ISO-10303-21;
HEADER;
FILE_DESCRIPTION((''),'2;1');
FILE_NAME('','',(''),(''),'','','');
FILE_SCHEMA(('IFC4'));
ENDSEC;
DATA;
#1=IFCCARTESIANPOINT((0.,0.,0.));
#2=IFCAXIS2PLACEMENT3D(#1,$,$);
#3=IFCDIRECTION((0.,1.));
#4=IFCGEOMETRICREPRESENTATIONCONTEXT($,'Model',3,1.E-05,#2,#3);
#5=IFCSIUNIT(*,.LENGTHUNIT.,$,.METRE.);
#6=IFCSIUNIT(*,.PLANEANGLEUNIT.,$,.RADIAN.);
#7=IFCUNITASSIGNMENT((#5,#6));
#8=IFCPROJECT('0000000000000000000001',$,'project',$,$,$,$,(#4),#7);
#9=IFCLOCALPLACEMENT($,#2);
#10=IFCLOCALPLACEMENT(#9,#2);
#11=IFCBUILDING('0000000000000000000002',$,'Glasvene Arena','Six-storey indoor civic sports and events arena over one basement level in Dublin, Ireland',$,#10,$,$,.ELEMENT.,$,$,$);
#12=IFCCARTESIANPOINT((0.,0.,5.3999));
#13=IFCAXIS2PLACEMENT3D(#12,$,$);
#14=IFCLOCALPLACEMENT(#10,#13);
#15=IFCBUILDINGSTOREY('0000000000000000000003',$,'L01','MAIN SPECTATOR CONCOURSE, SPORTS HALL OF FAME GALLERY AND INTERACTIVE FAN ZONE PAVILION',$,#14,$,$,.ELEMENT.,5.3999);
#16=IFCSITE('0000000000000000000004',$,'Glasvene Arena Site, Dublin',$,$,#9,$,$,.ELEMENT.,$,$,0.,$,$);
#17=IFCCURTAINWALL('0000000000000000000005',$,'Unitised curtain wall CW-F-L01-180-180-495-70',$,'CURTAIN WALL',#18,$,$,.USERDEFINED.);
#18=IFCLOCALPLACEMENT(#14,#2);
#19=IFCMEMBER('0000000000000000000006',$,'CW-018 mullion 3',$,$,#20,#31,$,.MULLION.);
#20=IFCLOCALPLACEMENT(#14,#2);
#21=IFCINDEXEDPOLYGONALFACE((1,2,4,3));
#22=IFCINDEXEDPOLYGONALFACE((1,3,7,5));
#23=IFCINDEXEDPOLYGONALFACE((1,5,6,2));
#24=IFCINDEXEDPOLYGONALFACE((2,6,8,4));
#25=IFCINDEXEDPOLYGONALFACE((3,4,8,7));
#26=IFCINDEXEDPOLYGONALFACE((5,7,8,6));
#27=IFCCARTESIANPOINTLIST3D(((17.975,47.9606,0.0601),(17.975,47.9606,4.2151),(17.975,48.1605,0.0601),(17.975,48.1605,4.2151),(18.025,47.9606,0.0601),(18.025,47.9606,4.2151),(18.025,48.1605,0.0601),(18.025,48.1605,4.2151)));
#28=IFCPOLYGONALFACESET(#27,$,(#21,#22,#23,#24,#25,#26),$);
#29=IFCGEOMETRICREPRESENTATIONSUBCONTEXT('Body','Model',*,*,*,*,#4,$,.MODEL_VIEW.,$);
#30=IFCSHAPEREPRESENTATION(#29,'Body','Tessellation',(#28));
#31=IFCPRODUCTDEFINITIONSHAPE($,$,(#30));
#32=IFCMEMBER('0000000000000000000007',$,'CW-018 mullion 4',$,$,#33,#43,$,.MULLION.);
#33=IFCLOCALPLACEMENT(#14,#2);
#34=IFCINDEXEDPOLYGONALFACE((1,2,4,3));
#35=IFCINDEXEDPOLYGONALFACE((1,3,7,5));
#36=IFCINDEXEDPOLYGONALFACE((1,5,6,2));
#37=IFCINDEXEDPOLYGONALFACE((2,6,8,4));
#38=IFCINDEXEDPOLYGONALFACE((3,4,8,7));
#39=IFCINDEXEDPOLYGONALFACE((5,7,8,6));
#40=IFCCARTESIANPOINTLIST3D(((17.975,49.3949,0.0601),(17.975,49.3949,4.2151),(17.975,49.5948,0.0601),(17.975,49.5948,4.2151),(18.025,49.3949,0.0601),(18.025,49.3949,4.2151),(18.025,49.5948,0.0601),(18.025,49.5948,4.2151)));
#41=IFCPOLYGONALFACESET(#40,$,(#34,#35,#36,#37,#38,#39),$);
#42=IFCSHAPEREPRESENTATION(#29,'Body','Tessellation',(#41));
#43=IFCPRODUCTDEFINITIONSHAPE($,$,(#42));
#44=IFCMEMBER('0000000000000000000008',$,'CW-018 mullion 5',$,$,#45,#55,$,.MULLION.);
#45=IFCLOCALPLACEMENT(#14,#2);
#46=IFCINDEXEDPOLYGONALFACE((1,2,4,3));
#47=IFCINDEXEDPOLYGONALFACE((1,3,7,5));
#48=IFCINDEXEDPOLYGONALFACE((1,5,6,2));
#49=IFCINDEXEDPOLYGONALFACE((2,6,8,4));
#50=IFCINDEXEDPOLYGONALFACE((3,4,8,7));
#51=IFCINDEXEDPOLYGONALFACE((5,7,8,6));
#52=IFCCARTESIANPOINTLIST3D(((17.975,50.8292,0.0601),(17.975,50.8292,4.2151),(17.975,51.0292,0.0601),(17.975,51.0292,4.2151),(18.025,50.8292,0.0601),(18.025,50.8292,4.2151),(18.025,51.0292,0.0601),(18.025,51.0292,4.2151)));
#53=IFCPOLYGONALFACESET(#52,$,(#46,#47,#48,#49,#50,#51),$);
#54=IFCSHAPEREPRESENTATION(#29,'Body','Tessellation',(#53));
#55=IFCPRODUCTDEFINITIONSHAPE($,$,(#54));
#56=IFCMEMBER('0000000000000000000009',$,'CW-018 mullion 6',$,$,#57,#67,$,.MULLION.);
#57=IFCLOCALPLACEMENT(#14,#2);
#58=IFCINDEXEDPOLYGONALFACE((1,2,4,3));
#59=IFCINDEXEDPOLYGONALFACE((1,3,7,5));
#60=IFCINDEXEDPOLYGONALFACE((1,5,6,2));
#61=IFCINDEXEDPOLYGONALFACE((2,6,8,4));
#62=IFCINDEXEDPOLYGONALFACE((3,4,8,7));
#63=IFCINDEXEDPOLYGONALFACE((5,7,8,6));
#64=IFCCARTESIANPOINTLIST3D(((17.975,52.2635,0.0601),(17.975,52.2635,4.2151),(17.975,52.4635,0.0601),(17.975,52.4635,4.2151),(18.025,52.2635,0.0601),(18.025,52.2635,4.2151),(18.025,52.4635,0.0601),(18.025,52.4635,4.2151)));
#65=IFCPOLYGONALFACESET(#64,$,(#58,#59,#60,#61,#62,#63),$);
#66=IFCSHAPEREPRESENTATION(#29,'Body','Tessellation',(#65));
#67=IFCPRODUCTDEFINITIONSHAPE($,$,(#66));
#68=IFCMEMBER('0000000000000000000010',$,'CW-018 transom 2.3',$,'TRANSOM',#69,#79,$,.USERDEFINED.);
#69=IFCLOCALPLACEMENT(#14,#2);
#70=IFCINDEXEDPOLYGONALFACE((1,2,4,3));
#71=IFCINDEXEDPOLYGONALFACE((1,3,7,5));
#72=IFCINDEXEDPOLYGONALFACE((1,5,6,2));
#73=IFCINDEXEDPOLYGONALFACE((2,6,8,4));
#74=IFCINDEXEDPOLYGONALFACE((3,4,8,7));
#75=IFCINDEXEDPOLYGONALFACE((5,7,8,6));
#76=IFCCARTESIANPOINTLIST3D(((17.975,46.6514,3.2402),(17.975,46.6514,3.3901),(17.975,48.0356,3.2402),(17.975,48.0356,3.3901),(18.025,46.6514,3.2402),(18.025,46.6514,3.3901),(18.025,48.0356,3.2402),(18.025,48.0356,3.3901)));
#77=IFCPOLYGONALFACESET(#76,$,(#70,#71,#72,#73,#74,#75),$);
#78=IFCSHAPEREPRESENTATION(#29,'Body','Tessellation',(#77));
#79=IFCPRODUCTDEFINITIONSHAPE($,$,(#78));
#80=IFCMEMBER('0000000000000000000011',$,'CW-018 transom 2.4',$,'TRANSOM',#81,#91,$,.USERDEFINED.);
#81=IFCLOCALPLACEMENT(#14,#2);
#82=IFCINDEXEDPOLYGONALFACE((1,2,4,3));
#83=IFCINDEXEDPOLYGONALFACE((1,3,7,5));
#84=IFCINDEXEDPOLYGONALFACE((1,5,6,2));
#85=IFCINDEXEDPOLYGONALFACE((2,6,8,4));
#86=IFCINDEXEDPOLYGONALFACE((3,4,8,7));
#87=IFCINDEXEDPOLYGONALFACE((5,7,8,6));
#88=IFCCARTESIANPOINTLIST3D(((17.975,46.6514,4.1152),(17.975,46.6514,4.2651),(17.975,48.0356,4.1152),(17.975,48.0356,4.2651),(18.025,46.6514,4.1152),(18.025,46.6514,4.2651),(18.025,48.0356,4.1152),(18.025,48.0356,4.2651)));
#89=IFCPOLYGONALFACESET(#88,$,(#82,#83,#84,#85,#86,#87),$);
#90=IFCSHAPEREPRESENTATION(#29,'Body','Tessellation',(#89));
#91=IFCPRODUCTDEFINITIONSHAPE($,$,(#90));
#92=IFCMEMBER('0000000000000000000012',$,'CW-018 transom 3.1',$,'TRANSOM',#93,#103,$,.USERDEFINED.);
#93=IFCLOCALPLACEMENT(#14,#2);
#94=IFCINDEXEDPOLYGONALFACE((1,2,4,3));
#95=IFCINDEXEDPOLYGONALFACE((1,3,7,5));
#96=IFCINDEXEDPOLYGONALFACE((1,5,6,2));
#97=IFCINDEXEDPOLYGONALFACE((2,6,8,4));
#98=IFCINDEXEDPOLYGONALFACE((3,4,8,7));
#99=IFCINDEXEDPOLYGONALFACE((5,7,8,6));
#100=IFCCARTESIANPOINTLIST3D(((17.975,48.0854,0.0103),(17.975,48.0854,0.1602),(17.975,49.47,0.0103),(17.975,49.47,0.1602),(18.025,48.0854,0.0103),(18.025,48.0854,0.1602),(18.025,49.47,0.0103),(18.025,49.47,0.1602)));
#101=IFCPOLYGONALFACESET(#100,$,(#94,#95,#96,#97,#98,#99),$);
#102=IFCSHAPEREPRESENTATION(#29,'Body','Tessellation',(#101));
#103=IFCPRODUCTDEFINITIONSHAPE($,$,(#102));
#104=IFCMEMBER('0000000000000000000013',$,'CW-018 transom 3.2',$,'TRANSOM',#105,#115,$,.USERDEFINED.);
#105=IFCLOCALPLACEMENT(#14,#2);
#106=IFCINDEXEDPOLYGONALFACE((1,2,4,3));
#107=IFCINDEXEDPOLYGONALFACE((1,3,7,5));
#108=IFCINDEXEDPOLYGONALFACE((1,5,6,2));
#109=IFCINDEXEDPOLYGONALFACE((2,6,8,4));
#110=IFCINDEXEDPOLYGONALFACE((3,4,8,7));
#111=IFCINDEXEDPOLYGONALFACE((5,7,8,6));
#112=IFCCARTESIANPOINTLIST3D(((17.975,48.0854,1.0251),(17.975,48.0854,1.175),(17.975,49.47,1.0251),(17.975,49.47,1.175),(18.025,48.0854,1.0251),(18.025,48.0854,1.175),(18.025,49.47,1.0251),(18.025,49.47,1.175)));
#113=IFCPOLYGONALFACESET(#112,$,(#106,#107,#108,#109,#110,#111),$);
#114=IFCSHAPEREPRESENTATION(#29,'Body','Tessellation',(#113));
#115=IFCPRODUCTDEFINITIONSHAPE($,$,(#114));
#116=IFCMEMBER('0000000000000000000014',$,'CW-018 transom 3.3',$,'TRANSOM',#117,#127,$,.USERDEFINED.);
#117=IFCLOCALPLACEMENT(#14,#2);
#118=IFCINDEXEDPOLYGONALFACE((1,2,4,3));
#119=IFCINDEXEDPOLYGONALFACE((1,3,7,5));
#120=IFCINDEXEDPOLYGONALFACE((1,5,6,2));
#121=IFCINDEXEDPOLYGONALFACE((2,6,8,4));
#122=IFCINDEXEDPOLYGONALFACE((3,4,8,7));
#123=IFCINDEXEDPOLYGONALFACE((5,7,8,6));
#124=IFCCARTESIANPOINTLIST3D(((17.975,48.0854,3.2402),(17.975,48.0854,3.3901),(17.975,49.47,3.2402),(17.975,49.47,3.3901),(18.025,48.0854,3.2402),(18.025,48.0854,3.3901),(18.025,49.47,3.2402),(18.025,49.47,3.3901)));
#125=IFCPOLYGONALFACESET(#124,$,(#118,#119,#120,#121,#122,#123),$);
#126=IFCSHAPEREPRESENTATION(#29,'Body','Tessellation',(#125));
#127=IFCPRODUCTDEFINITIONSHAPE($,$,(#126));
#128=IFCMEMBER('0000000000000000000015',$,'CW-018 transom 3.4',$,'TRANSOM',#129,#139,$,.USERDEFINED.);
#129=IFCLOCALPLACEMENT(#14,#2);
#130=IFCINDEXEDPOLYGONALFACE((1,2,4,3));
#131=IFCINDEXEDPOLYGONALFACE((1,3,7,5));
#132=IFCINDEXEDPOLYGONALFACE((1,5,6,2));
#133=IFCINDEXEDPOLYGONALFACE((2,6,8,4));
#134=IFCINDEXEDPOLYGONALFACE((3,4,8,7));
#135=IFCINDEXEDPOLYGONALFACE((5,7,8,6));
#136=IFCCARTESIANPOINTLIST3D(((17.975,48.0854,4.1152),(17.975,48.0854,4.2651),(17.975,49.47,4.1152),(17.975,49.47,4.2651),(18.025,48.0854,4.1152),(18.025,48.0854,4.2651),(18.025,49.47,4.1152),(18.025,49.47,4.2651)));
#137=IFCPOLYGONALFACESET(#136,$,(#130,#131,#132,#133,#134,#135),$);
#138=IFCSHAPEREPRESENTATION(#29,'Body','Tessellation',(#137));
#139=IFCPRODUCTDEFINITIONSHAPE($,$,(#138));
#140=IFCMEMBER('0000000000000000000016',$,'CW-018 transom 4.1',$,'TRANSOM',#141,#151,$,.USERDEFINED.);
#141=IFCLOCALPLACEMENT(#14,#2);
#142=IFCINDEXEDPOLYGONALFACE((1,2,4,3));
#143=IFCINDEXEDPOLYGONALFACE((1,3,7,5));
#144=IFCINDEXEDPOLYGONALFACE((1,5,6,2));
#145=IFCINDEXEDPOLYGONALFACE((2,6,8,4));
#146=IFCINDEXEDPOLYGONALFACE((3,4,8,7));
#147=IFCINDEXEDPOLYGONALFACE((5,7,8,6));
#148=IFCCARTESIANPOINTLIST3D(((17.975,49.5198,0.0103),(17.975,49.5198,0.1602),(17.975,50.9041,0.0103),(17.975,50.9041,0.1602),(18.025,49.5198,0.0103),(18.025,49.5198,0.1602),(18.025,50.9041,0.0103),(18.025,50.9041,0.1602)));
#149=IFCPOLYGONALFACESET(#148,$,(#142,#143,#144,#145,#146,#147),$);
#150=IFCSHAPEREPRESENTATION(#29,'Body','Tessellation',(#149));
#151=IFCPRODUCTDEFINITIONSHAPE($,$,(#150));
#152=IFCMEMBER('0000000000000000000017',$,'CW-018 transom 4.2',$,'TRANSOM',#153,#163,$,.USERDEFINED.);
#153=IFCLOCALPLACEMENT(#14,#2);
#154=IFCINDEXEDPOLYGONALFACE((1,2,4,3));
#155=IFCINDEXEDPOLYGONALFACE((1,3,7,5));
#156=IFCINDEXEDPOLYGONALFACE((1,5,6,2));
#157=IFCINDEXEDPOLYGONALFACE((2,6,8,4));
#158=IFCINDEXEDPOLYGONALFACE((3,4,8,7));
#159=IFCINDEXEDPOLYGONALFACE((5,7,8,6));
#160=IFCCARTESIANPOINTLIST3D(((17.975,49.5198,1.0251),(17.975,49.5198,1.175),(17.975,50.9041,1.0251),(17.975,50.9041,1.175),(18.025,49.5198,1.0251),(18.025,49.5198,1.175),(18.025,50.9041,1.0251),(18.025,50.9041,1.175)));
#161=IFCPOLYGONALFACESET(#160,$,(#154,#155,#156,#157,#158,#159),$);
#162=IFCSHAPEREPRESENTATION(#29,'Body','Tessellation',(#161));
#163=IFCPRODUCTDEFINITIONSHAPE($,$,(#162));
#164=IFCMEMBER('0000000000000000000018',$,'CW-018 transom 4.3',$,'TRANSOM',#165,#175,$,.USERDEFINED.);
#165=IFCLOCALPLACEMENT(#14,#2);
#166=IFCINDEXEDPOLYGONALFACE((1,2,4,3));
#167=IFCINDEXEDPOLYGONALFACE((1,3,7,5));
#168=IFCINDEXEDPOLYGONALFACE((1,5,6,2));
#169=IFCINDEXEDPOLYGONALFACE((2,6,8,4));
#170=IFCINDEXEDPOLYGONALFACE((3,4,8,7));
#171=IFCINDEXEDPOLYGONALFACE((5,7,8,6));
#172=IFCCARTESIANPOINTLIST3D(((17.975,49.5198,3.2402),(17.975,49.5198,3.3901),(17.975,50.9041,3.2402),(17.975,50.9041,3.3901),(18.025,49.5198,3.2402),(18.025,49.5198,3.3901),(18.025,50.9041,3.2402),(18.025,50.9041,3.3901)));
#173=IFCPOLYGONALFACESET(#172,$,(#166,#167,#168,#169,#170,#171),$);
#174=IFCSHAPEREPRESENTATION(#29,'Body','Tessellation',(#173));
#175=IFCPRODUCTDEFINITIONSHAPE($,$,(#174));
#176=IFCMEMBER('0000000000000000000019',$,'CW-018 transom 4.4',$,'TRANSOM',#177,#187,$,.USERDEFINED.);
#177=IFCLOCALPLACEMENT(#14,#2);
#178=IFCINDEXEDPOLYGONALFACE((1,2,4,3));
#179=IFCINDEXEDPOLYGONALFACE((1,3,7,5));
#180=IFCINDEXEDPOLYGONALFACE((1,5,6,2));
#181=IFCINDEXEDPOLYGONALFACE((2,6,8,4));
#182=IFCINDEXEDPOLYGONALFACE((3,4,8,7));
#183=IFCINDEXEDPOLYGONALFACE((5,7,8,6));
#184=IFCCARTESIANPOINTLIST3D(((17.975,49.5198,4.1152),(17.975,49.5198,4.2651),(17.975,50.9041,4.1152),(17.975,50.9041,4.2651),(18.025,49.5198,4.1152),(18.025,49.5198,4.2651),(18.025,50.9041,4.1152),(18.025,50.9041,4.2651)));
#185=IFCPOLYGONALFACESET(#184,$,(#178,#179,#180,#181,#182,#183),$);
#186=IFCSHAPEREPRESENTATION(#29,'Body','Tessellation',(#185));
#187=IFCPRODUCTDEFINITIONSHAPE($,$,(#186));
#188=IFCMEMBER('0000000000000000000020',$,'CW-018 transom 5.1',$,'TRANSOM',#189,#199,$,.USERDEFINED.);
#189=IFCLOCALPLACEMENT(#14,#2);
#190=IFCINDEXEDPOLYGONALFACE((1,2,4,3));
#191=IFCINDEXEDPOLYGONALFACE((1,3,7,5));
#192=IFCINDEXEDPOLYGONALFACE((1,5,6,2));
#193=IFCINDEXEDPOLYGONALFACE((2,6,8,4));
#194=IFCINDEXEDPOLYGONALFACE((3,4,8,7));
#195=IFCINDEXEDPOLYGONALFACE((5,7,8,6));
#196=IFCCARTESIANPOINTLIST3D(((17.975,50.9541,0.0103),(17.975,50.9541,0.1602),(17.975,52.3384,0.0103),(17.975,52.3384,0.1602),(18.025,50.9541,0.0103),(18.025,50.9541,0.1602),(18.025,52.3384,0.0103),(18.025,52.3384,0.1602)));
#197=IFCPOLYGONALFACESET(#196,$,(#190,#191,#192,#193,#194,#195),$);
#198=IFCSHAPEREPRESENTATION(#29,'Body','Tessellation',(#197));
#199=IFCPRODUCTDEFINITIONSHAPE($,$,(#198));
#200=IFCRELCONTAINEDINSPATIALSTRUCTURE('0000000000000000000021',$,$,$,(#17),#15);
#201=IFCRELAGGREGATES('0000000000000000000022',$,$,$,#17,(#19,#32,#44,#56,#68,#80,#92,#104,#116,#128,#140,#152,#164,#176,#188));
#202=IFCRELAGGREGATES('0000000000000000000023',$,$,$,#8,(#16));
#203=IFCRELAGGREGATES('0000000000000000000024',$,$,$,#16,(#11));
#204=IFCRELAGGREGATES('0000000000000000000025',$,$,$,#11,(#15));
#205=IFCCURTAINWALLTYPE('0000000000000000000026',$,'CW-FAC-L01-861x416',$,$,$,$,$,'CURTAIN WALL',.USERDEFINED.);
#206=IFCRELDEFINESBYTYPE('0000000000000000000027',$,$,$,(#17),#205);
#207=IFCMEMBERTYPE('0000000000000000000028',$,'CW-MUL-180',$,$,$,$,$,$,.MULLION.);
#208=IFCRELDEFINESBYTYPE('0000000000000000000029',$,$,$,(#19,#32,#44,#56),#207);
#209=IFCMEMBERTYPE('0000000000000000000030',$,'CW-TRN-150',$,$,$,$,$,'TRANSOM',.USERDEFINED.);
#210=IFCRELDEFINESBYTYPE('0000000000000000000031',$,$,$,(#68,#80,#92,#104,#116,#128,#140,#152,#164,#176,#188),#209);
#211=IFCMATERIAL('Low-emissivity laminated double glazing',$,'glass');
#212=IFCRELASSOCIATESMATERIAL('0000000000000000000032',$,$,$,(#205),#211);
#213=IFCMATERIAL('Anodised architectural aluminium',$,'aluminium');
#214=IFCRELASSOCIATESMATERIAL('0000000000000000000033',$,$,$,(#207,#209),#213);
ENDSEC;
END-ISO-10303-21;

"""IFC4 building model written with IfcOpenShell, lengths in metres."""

from ifc_helpers import new_model, si_unit, direction, frame, origin, origin_2d, place, context, subcontext, project, spatial, rectangle, extrude, material, material_profile, profile_set, type_object, element, aggregate, save


model = new_model("IFC4")

# Units and contexts
model_context = context("Model", 3, precision=1e-05, world=origin(), true_north=direction((0.0, 1.0)))
body_context = subcontext(model_context, "Body", "Model", "MODEL_VIEW")
ifc_project = project(units=[si_unit("LENGTHUNIT", "METRE"), si_unit("PLANEANGLEUNIT", "RADIAN")], contexts=[model_context])

# Site, building, storey
site_placement = place(None, origin())
site = spatial("IfcSite", under=ifc_project, at=site_placement, Name="Glasvene Arena Site, Dublin", CompositionType="ELEMENT", RefElevation=0.0)
building_placement = place(site_placement, origin())
building = spatial("IfcBuilding", under=site, at=building_placement, Name="Glasvene Arena", Description="Six-storey indoor civic sports and events arena over one basement level in Dublin, Ireland", CompositionType="ELEMENT")
storey_placement = place(building_placement, frame((0.0, 0.0, 5.3999)))
storey = spatial("IfcBuildingStorey", under=building, at=storey_placement, Name="L01", Description="MAIN SPECTATOR CONCOURSE, SPORTS HALL OF FAME GALLERY AND INTERACTIVE FAN ZONE PAVILION", CompositionType="ELEMENT", Elevation=5.3999)

# Curtain wall, members
ifc_material_1 = material(Name="Low-emissivity laminated double glazing", Category="glass")
curtain_wall_type = type_object("IfcCurtainWallType", Name="CW-FAC-L01-861x416", ElementType="CURTAIN WALL", PredefinedType="USERDEFINED", material=ifc_material_1)
curtain_wall_placement = place(storey_placement, frame((18.0, 45.1919, 0.0)))
curtain_wall = element("IfcCurtainWall", 1, at=curtain_wall_placement, inside=storey, type_object=curtain_wall_type, Name="Unitised curtain wall CW-F-L01-180-180-495-70", ObjectType="CURTAIN WALL", PredefinedType="USERDEFINED")
ifc_material_2 = material(Name="Anodised architectural aluminium", Category="aluminium")
ifc_material_profile_1 = material_profile(ifc_material_2, rectangle(XDim=0.05, YDim=0.2, at=origin_2d()), Name="ALU MULLION 50x200")
ifc_profile_set_1 = profile_set([ifc_material_profile_1], Name="Anodised architectural aluminium")
member_type_1 = type_object("IfcMemberType", Name="CW-MUL-180", PredefinedType="MULLION", material=ifc_profile_set_1)
member_1_placement = place(storey_placement, frame((18.0, 48.0605, 0.0601), z_axis=(0.0, 0.0, 1.0), x_axis=(-1.0, 0.0, 0.0)))
member_1 = element("IfcMember", 2, at=member_1_placement, type_object=member_type_1, Name="CW-018 mullion 3", PredefinedType="MULLION", context=body_context, shape_type="SweptSolid", body=[
    extrude(rectangle(XDim=0.05, YDim=0.2, at=origin_2d()), origin(), (0.0, 0.0, 1.0), 4.155),
])
member_2_placement = place(storey_placement, frame((18.0, 49.4949, 0.0601), z_axis=(0.0, 0.0, 1.0), x_axis=(-1.0, 0.0, 0.0)))
member_2 = element("IfcMember", 3, at=member_2_placement, type_object=member_type_1, Name="CW-018 mullion 4", PredefinedType="MULLION", context=body_context, shape_type="SweptSolid", body=[
    extrude(rectangle(XDim=0.05, YDim=0.2, at=origin_2d()), origin(), (0.0, 0.0, 1.0), 4.155),
])
member_3_placement = place(storey_placement, frame((18.0, 50.9292, 0.0601), z_axis=(0.0, 0.0, 1.0), x_axis=(-1.0, 0.0, 0.0)))
member_3 = element("IfcMember", 4, at=member_3_placement, type_object=member_type_1, Name="CW-018 mullion 5", PredefinedType="MULLION", context=body_context, shape_type="SweptSolid", body=[
    extrude(rectangle(XDim=0.05, YDim=0.2, at=origin_2d()), origin(), (0.0, 0.0, 1.0), 4.155),
])
member_4_placement = place(storey_placement, frame((18.0, 52.3635, 0.0601), z_axis=(0.0, 0.0, 1.0), x_axis=(-1.0, 0.0, 0.0)))
member_4 = element("IfcMember", 5, at=member_4_placement, type_object=member_type_1, Name="CW-018 mullion 6", PredefinedType="MULLION", context=body_context, shape_type="SweptSolid", body=[
    extrude(rectangle(XDim=0.05, YDim=0.2, at=origin_2d()), origin(), (0.0, 0.0, 1.0), 4.155),
])
ifc_material_profile_2 = material_profile(ifc_material_2, rectangle(XDim=0.05, YDim=0.1499, at=origin_2d()), Name="ALU TRANSOM 50x150")
ifc_profile_set_2 = profile_set([ifc_material_profile_2], Name="Anodised architectural aluminium")
member_type_2 = type_object("IfcMemberType", Name="CW-TRN-150", ElementType="TRANSOM", PredefinedType="USERDEFINED", material=ifc_profile_set_2)
member_5_placement = place(storey_placement, frame((18.0, 46.6514, 3.3152), z_axis=(0.0, 1.0, 0.0), x_axis=(-1.0, 0.0, 0.0)))
member_5 = element("IfcMember", 6, at=member_5_placement, type_object=member_type_2, Name="CW-018 transom 2.3", ObjectType="TRANSOM", PredefinedType="USERDEFINED", context=body_context, shape_type="SweptSolid", body=[
    extrude(rectangle(XDim=0.05, YDim=0.1499, at=origin_2d()), origin(), (0.0, 0.0, 1.0), 1.3843),
])
member_6_placement = place(storey_placement, frame((18.0, 46.6514, 4.1902), z_axis=(0.0, 1.0, 0.0), x_axis=(-1.0, 0.0, 0.0)))
member_6 = element("IfcMember", 7, at=member_6_placement, type_object=member_type_2, Name="CW-018 transom 2.4", ObjectType="TRANSOM", PredefinedType="USERDEFINED", context=body_context, shape_type="SweptSolid", body=[
    extrude(rectangle(XDim=0.05, YDim=0.1499, at=origin_2d()), origin(), (0.0, 0.0, 1.0), 1.3843),
])
member_7_placement = place(storey_placement, frame((18.0, 48.0854, 0.0852), z_axis=(0.0, 1.0, 0.0), x_axis=(-1.0, 0.0, 0.0)))
member_7 = element("IfcMember", 8, at=member_7_placement, type_object=member_type_2, Name="CW-018 transom 3.1", ObjectType="TRANSOM", PredefinedType="USERDEFINED", context=body_context, shape_type="SweptSolid", body=[
    extrude(rectangle(XDim=0.05, YDim=0.1499, at=origin_2d()), origin(), (0.0, 0.0, 1.0), 1.3845),
])
member_8_placement = place(storey_placement, frame((18.0, 48.0854, 1.1001), z_axis=(0.0, 1.0, 0.0), x_axis=(-1.0, 0.0, 0.0)))
member_8 = element("IfcMember", 9, at=member_8_placement, type_object=member_type_2, Name="CW-018 transom 3.2", ObjectType="TRANSOM", PredefinedType="USERDEFINED", context=body_context, shape_type="SweptSolid", body=[
    extrude(rectangle(XDim=0.05, YDim=0.1499, at=origin_2d()), origin(), (0.0, 0.0, 1.0), 1.3845),
])
member_9_placement = place(storey_placement, frame((18.0, 48.0854, 3.3152), z_axis=(0.0, 1.0, 0.0), x_axis=(-1.0, 0.0, 0.0)))
member_9 = element("IfcMember", 10, at=member_9_placement, type_object=member_type_2, Name="CW-018 transom 3.3", ObjectType="TRANSOM", PredefinedType="USERDEFINED", context=body_context, shape_type="SweptSolid", body=[
    extrude(rectangle(XDim=0.05, YDim=0.1499, at=origin_2d()), origin(), (0.0, 0.0, 1.0), 1.3845),
])
member_10_placement = place(storey_placement, frame((18.0, 48.0854, 4.1902), z_axis=(0.0, 1.0, 0.0), x_axis=(-1.0, 0.0, 0.0)))
member_10 = element("IfcMember", 11, at=member_10_placement, type_object=member_type_2, Name="CW-018 transom 3.4", ObjectType="TRANSOM", PredefinedType="USERDEFINED", context=body_context, shape_type="SweptSolid", body=[
    extrude(rectangle(XDim=0.05, YDim=0.1499, at=origin_2d()), origin(), (0.0, 0.0, 1.0), 1.3845),
])
member_11_placement = place(storey_placement, frame((18.0, 49.5198, 0.0852), z_axis=(0.0, 1.0, 0.0), x_axis=(-1.0, 0.0, 0.0)))
member_11 = element("IfcMember", 12, at=member_11_placement, type_object=member_type_2, Name="CW-018 transom 4.1", ObjectType="TRANSOM", PredefinedType="USERDEFINED", context=body_context, shape_type="SweptSolid", body=[
    extrude(rectangle(XDim=0.05, YDim=0.1499, at=origin_2d()), origin(), (0.0, 0.0, 1.0), 1.3843),
])
member_12_placement = place(storey_placement, frame((18.0, 49.5198, 1.1001), z_axis=(0.0, 1.0, 0.0), x_axis=(-1.0, 0.0, 0.0)))
member_12 = element("IfcMember", 13, at=member_12_placement, type_object=member_type_2, Name="CW-018 transom 4.2", ObjectType="TRANSOM", PredefinedType="USERDEFINED", context=body_context, shape_type="SweptSolid", body=[
    extrude(rectangle(XDim=0.05, YDim=0.1499, at=origin_2d()), origin(), (0.0, 0.0, 1.0), 1.3843),
])
member_13_placement = place(storey_placement, frame((18.0, 49.5198, 3.3152), z_axis=(0.0, 1.0, 0.0), x_axis=(-1.0, 0.0, 0.0)))
member_13 = element("IfcMember", 14, at=member_13_placement, type_object=member_type_2, Name="CW-018 transom 4.3", ObjectType="TRANSOM", PredefinedType="USERDEFINED", context=body_context, shape_type="SweptSolid", body=[
    extrude(rectangle(XDim=0.05, YDim=0.1499, at=origin_2d()), origin(), (0.0, 0.0, 1.0), 1.3843),
])
member_14_placement = place(storey_placement, frame((18.0, 49.5198, 4.1902), z_axis=(0.0, 1.0, 0.0), x_axis=(-1.0, 0.0, 0.0)))
member_14 = element("IfcMember", 15, at=member_14_placement, type_object=member_type_2, Name="CW-018 transom 4.4", ObjectType="TRANSOM", PredefinedType="USERDEFINED", context=body_context, shape_type="SweptSolid", body=[
    extrude(rectangle(XDim=0.05, YDim=0.1499, at=origin_2d()), origin(), (0.0, 0.0, 1.0), 1.3843),
])
member_15_placement = place(storey_placement, frame((18.0, 50.9541, 0.0852), z_axis=(0.0, 1.0, 0.0), x_axis=(-1.0, 0.0, 0.0)))
member_15 = element("IfcMember", 16, at=member_15_placement, type_object=member_type_2, Name="CW-018 transom 5.1", ObjectType="TRANSOM", PredefinedType="USERDEFINED", context=body_context, shape_type="SweptSolid", body=[
    extrude(rectangle(XDim=0.05, YDim=0.1499, at=origin_2d()), origin(), (0.0, 0.0, 1.0), 1.3843),
])
aggregate(curtain_wall, [member_1, member_2, member_3, member_4, member_5, member_6, member_7, member_8, member_9, member_10, member_11, member_12, member_13, member_14, member_15])

save(model, "model.ifc")
